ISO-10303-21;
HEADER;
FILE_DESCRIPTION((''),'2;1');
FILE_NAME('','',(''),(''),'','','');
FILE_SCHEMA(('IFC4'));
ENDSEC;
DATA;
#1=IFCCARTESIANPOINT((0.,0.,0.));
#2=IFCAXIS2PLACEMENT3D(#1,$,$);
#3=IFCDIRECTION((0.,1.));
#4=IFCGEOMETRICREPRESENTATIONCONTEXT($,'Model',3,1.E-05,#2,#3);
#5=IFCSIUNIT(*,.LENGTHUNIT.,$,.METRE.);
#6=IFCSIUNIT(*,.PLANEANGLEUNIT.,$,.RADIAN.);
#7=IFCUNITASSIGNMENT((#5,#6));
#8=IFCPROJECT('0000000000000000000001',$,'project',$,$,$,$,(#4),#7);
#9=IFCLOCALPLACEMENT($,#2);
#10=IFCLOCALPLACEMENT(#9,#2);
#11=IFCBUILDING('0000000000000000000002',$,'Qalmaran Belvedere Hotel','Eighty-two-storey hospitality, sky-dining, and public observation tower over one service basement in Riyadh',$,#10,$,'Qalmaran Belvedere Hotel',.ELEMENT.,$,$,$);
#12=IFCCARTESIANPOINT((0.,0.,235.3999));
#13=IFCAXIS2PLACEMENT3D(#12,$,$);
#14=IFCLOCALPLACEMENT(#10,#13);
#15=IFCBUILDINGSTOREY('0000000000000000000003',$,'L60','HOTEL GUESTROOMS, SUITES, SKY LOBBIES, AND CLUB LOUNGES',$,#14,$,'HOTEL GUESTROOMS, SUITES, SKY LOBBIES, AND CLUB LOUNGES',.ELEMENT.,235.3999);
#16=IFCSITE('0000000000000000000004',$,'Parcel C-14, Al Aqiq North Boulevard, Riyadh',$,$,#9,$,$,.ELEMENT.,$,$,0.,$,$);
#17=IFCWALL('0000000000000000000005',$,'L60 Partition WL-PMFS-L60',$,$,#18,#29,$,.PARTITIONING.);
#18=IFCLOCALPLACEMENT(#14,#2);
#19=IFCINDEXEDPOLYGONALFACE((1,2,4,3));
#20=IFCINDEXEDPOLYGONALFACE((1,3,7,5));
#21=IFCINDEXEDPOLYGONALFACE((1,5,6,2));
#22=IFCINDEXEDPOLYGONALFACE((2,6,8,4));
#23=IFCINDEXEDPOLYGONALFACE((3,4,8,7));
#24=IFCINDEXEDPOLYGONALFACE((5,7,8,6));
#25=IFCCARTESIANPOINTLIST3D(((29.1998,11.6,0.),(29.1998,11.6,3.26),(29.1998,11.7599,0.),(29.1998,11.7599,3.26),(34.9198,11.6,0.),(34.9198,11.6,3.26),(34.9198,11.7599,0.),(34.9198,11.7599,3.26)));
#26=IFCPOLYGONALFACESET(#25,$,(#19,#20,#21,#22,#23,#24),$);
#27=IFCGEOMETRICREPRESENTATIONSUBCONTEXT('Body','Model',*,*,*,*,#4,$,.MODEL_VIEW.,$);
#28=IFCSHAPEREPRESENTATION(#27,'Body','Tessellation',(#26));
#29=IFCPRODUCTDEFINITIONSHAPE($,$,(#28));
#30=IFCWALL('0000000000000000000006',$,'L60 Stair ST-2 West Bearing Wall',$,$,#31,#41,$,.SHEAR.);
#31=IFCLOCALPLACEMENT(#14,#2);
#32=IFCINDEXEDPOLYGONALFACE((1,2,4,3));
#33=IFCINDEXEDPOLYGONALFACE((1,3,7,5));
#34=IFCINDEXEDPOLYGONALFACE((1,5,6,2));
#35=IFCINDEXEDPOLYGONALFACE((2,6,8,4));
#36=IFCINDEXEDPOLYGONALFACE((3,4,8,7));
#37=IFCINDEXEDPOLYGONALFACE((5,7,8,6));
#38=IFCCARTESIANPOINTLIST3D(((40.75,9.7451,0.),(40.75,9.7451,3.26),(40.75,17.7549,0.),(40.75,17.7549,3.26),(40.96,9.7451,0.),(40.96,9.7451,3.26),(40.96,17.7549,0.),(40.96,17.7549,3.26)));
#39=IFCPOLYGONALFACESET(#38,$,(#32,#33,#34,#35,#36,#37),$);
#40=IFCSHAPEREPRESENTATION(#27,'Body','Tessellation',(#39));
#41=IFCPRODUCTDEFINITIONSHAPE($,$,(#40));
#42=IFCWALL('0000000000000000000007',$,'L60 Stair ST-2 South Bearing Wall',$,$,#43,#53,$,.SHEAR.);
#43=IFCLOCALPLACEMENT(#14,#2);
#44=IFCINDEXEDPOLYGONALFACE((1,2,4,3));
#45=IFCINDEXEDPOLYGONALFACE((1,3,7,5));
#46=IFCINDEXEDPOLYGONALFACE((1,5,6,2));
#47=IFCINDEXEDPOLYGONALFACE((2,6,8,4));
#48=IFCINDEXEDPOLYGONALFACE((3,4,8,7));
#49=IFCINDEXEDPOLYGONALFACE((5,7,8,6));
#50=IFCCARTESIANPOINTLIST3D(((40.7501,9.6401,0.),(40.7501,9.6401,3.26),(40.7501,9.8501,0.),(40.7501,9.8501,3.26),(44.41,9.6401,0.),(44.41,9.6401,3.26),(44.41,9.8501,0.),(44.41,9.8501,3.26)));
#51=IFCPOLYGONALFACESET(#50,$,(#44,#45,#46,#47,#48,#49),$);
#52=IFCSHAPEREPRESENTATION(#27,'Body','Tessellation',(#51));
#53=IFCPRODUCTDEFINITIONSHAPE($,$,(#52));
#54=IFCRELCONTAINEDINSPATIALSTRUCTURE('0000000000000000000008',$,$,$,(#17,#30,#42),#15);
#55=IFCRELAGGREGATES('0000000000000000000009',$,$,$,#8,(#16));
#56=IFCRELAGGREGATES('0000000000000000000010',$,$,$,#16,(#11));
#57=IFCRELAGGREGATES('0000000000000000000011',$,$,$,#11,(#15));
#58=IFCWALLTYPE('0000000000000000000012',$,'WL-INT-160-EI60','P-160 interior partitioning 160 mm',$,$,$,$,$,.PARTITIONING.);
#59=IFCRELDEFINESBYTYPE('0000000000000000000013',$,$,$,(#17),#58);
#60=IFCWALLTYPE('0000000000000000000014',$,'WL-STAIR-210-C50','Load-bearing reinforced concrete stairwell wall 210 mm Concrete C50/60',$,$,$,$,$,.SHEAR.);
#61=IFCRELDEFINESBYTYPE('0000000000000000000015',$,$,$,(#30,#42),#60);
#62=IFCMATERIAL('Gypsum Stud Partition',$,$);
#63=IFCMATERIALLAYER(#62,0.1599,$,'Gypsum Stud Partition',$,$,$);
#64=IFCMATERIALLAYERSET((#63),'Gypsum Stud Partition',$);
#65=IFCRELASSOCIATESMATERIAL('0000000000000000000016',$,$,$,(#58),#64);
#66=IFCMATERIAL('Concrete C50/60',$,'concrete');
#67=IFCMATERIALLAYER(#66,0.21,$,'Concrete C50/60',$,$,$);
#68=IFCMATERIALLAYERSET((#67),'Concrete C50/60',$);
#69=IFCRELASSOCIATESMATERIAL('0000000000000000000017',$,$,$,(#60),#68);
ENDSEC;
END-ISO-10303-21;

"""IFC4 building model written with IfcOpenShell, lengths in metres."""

from ifc_helpers import new_model, si_unit, direction, frame, frame_2d, origin, place, context, subcontext, project, spatial, rectangle, extrude, material, layer, layer_set, type_object, element, save


model = new_model("IFC4")

# Units and contexts
model_context = context("Model", 3, precision=1e-05, world=origin(), true_north=direction((0.0, 1.0)))
body_context = subcontext(model_context, "Body", "Model", "MODEL_VIEW")
ifc_project = project(units=[si_unit("LENGTHUNIT", "METRE"), si_unit("PLANEANGLEUNIT", "RADIAN")], contexts=[model_context])

# Site, building, storey
site_placement = place(None, origin())
site = spatial("IfcSite", under=ifc_project, at=site_placement, Name="Parcel C-14, Al Aqiq North Boulevard, Riyadh", CompositionType="ELEMENT", RefElevation=0.0)
building_placement = place(site_placement, origin())
building = spatial("IfcBuilding", under=site, at=building_placement, Name="Qalmaran Belvedere Hotel", Description="Eighty-two-storey hospitality, sky-dining, and public observation tower over one service basement in Riyadh", LongName="Qalmaran Belvedere Hotel", CompositionType="ELEMENT")
storey_placement = place(building_placement, frame((0.0, 0.0, 235.3999)))
storey = spatial("IfcBuildingStorey", under=building, at=storey_placement, Name="L60", Description="HOTEL GUESTROOMS, SUITES, SKY LOBBIES, AND CLUB LOUNGES", LongName="HOTEL GUESTROOMS, SUITES, SKY LOBBIES, AND CLUB LOUNGES", CompositionType="ELEMENT", Elevation=235.3999)

# Shared definitions
ifc_material_1 = material(Name="Concrete C50/60", Category="concrete")

# Shared definitions
ifc_material_2 = material(Name="Gypsum Stud Partition")

# Shared definitions
ifc_layer_1 = layer(ifc_material_2, 0.1599, Name="Gypsum Stud Partition")
ifc_layer_set_1 = layer_set([ifc_layer_1], Name="Gypsum Stud Partition")
wall_type_1 = type_object("IfcWallType", Name="WL-INT-160-EI60", Description="P-160 interior partitioning 160 mm", PredefinedType="PARTITIONING", material=ifc_layer_set_1)

# Walls
wall_1_placement = place(storey_placement, frame((29.2, 11.6799, 0.0), z_axis=(0.0, 0.0, 1.0), x_axis=(1.0, 0.0, 0.0)))
element("IfcWall", 1, at=wall_1_placement, inside=storey, type_object=wall_type_1, Name="L60 Partition WL-PMFS-L60", PredefinedType="PARTITIONING", context=body_context, shape_type="SweptSolid", body=[
    extrude(rectangle(XDim=5.72, YDim=0.1599, at=frame_2d((2.8599, 0.0))), origin(), (0.0, 0.0, 1.0), 3.26),
])
ifc_layer_2 = layer(ifc_material_1, 0.21, Name="Concrete C50/60")
ifc_layer_set_2 = layer_set([ifc_layer_2], Name="Concrete C50/60")
wall_type_2 = type_object("IfcWallType", Name="WL-STAIR-210-C50", Description="Load-bearing reinforced concrete stairwell wall 210 mm Concrete C50/60", PredefinedType="SHEAR", material=ifc_layer_set_2)
wall_2_placement = place(storey_placement, frame((40.855, 9.7451, 0.0), z_axis=(0.0, 0.0, 1.0), x_axis=(0.0, 1.0, 0.0)))
element("IfcWall", 2, at=wall_2_placement, inside=storey, type_object=wall_type_2, Name="L60 Stair ST-2 West Bearing Wall", PredefinedType="SHEAR", context=body_context, shape_type="SweptSolid", body=[
    extrude(rectangle(XDim=8.0098, YDim=0.21, at=frame_2d((4.0049, 0.0))), origin(), (0.0, 0.0, 1.0), 3.26),
])
wall_3_placement = place(storey_placement, frame((40.75, 9.7451, 0.0), z_axis=(0.0, 0.0, 1.0), x_axis=(1.0, 0.0, 0.0)))
element("IfcWall", 3, at=wall_3_placement, inside=storey, type_object=wall_type_2, Name="L60 Stair ST-2 South Bearing Wall", PredefinedType="SHEAR", context=body_context, shape_type="SweptSolid", body=[
    extrude(rectangle(XDim=3.6599, YDim=0.21, at=frame_2d((1.8301, 0.0))), origin(), (0.0, 0.0, 1.0), 3.26),
])

save(model, "model.ifc")
